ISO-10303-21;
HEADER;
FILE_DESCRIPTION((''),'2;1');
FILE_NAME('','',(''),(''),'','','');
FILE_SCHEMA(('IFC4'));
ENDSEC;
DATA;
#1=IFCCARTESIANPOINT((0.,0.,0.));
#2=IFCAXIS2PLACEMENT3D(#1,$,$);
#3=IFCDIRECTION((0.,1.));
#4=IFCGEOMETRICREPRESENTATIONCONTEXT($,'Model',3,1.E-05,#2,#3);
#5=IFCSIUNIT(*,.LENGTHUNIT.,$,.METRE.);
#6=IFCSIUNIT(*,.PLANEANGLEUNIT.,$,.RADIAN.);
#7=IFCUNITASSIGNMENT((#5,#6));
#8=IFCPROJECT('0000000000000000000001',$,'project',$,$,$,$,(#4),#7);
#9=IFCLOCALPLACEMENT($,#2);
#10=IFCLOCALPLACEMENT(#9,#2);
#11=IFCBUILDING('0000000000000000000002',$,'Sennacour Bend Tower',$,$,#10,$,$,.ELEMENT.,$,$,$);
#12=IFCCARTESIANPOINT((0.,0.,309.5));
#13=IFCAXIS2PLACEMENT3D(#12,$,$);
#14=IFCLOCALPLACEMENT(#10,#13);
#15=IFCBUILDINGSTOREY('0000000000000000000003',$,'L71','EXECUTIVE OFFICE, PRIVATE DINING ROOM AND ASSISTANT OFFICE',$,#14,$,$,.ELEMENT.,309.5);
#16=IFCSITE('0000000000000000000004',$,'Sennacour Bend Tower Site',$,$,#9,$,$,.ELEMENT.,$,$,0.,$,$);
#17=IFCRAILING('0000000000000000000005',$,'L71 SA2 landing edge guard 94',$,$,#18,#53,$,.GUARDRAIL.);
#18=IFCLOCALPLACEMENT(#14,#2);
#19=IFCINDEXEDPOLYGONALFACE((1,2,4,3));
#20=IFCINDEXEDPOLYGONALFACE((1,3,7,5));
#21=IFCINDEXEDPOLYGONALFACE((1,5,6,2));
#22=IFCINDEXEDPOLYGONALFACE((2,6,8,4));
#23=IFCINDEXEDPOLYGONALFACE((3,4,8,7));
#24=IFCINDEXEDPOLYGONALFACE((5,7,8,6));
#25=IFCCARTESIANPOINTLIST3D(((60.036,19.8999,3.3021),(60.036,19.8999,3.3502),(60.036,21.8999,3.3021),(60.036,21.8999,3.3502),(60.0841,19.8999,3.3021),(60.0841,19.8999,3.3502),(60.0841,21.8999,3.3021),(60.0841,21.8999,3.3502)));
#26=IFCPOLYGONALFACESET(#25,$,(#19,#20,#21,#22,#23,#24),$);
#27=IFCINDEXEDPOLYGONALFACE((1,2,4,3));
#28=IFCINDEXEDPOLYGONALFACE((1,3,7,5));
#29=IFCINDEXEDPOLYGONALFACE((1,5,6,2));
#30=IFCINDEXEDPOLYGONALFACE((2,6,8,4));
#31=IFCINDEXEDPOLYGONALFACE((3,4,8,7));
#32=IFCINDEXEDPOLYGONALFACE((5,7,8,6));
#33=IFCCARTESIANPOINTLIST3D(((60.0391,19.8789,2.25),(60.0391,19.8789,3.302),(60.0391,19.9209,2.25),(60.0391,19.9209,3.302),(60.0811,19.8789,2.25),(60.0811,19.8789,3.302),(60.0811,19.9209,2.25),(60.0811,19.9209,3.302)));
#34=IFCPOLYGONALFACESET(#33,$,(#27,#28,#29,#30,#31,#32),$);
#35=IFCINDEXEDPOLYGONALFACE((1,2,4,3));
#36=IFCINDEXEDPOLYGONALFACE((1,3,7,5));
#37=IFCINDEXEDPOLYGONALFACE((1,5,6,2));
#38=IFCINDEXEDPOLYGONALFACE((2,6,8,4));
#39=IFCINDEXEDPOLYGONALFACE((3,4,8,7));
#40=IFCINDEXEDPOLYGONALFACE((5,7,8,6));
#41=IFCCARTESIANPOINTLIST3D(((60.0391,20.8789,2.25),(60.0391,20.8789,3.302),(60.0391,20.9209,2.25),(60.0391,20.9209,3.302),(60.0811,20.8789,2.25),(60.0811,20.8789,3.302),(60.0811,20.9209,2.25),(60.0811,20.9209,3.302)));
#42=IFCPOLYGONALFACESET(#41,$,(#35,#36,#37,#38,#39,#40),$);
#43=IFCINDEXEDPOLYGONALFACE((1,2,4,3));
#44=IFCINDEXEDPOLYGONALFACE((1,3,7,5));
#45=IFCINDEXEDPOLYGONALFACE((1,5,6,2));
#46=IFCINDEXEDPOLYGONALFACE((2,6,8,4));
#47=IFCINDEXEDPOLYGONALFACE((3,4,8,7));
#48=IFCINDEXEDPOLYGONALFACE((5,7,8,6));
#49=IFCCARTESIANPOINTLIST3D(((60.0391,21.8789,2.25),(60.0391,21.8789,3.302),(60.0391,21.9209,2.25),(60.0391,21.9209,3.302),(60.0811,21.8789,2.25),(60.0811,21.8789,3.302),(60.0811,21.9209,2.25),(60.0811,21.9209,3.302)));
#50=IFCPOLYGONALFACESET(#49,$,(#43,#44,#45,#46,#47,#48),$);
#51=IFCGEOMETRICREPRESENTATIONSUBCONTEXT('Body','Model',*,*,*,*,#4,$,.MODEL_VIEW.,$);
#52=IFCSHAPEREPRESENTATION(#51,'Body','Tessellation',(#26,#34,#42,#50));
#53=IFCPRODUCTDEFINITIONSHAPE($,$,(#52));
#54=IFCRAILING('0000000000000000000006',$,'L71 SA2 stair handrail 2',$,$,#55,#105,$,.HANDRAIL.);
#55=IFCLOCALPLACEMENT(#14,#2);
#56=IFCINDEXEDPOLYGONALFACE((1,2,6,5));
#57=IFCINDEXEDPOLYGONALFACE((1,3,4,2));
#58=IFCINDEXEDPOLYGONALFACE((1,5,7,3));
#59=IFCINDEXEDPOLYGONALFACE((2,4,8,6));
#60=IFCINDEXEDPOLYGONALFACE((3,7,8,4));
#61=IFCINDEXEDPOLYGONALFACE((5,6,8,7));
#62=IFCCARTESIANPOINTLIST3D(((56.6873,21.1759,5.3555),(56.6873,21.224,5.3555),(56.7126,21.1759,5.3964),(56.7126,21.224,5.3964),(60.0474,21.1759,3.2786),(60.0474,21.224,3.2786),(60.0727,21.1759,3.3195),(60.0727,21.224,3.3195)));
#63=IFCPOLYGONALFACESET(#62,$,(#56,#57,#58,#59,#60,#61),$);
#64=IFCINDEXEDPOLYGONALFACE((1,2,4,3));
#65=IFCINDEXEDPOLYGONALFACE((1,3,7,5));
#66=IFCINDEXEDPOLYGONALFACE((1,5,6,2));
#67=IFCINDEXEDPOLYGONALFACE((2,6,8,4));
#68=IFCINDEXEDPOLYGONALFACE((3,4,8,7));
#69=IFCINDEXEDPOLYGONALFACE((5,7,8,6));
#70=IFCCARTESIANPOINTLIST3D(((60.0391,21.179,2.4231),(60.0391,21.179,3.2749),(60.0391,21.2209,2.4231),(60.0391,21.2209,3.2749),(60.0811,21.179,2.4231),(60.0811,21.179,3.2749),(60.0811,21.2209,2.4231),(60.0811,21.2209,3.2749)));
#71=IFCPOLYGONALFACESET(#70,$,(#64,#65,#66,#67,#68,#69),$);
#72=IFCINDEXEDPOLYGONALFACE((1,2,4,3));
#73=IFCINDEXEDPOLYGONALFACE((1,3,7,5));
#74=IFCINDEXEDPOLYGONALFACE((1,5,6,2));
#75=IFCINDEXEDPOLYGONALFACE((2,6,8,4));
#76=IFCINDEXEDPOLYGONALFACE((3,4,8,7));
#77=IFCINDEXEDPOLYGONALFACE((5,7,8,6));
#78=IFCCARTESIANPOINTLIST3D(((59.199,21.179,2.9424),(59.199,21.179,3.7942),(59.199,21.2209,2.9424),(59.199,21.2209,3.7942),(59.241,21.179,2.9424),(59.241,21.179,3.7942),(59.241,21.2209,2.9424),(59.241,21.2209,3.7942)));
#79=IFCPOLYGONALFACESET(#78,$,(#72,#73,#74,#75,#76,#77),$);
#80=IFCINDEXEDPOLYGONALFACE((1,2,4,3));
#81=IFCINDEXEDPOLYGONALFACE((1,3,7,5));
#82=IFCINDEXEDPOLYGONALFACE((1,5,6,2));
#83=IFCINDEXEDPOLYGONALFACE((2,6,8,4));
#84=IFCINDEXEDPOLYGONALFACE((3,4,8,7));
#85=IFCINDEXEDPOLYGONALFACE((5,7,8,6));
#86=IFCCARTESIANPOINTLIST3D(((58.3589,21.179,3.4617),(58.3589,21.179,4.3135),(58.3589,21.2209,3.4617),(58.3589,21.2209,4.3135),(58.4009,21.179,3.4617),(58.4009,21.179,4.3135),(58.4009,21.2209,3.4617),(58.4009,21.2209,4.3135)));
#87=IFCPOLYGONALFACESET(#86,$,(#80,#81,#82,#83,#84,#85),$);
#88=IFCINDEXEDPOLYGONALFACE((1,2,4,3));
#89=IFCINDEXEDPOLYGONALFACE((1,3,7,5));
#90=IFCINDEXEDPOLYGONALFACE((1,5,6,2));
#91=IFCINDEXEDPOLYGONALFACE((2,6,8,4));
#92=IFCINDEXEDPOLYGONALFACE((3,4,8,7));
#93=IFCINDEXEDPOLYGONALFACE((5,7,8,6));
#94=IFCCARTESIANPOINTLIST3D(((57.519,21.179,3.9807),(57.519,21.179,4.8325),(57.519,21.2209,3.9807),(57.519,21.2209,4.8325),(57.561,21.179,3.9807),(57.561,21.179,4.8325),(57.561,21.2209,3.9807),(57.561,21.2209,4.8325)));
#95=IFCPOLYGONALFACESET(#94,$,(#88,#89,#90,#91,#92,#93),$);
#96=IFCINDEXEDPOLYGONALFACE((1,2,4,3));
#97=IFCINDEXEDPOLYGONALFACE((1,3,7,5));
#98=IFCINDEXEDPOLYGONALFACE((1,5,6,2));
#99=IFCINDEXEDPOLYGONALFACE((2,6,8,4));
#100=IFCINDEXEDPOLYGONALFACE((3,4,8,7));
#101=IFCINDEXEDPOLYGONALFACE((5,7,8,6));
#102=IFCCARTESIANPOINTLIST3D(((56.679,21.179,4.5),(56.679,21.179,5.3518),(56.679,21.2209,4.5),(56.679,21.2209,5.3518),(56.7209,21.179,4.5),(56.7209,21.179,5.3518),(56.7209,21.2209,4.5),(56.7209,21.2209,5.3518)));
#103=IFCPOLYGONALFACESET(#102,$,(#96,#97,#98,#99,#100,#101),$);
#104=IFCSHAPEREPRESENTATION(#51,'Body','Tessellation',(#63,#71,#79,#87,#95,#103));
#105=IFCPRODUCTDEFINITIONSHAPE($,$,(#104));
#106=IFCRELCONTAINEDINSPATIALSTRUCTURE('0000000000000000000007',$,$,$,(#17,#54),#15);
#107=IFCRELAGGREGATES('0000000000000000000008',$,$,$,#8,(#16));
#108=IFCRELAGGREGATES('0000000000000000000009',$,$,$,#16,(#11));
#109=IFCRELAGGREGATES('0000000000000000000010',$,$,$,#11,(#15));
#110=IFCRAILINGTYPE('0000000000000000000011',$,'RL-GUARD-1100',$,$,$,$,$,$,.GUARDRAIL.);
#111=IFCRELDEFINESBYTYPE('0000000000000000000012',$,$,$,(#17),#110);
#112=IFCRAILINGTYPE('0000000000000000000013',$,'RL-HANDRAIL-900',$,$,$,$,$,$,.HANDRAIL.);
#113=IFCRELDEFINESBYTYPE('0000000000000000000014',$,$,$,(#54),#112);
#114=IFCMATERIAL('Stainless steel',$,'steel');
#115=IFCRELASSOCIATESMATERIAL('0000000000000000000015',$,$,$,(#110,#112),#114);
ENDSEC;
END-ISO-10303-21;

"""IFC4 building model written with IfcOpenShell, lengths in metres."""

from ifc_helpers import new_model, si_unit, direction, frame, origin, origin_2d, place, context, subcontext, project, spatial, rectangle, extrude, material, type_object, element, save


model = new_model("IFC4")

# Units and contexts
model_context = context("Model", 3, precision=1e-05, world=origin(), true_north=direction((0.0, 1.0)))
body_context = subcontext(model_context, "Body", "Model", "MODEL_VIEW")
ifc_project = project(units=[si_unit("LENGTHUNIT", "METRE"), si_unit("PLANEANGLEUNIT", "RADIAN")], contexts=[model_context])

# Site, building, storey
site_placement = place(None, origin())
site = spatial("IfcSite", under=ifc_project, at=site_placement, Name="Sennacour Bend Tower Site", CompositionType="ELEMENT", RefElevation=0.0)
building_placement = place(site_placement, origin())
building = spatial("IfcBuilding", under=site, at=building_placement, Name="Sennacour Bend Tower", CompositionType="ELEMENT")
storey_placement = place(building_placement, frame((0.0, 0.0, 309.5)))
storey = spatial("IfcBuildingStorey", under=building, at=storey_placement, Name="L71", Description="EXECUTIVE OFFICE, PRIVATE DINING ROOM AND ASSISTANT OFFICE", CompositionType="ELEMENT", Elevation=309.5)

# Railings
ifc_material_1 = material(Name="Stainless steel", Category="steel")
railing_type_1 = type_object("IfcRailingType", Name="RL-GUARD-1100", PredefinedType="GUARDRAIL", material=ifc_material_1)
railing_1_placement = place(storey_placement, frame((60.0601, 19.8999, 2.25)))
element("IfcRailing", 1, at=railing_1_placement, inside=storey, type_object=railing_type_1, Name="L71 SA2 landing edge guard 94", PredefinedType="GUARDRAIL", context=body_context, shape_type="SweptSolid", body=[
    extrude(rectangle(XDim=0.0481, YDim=0.0481, at=origin_2d()), frame((0.0, 0.0, 1.0762), z_axis=(0.0, 1.0, 0.0), x_axis=(-1.0, 0.0, 0.0)), (0.0, 0.0, 1.0), 2.0),
    extrude(rectangle(XDim=0.042, YDim=0.042, at=origin_2d()), origin(), (0.0, 0.0, 1.0), 1.052),
    extrude(rectangle(XDim=0.042, YDim=0.042, at=origin_2d()), frame((0.0, 1.0, 0.0)), (0.0, 0.0, 1.0), 1.052),
    extrude(rectangle(XDim=0.042, YDim=0.042, at=origin_2d()), frame((0.0, 2.0, 0.0)), (0.0, 0.0, 1.0), 1.052),
])
railing_type_2 = type_object("IfcRailingType", Name="RL-HANDRAIL-900", PredefinedType="HANDRAIL", material=ifc_material_1)
railing_2_placement = place(storey_placement, frame((60.0601, 21.2, 2.4231)))
element("IfcRailing", 2, at=railing_2_placement, inside=storey, type_object=railing_type_2, Name="L71 SA2 stair handrail 2", PredefinedType="HANDRAIL", context=body_context, shape_type="SweptSolid", body=[
    extrude(rectangle(XDim=0.0481, YDim=0.0481, at=origin_2d()), frame((0.0, 0.0, 0.876), z_axis=(-0.850623, 0.0, 0.525776), x_axis=(0.0, -1.0, 0.0)), (0.0, 0.0, 1.0), 3.9502),
    extrude(rectangle(XDim=0.042, YDim=0.042, at=origin_2d()), origin(), (0.0, 0.0, 1.0), 0.8518),
    extrude(rectangle(XDim=0.042, YDim=0.042, at=origin_2d()), frame((-0.8401, 0.0, 0.5193)), (0.0, 0.0, 1.0), 0.8518),
    extrude(rectangle(XDim=0.042, YDim=0.042, at=origin_2d()), frame((-1.6802, 0.0, 1.0386)), (0.0, 0.0, 1.0), 0.8518),
    extrude(rectangle(XDim=0.042, YDim=0.042, at=origin_2d()), frame((-2.52, 0.0, 1.5576)), (0.0, 0.0, 1.0), 0.8518),
    extrude(rectangle(XDim=0.042, YDim=0.042, at=origin_2d()), frame((-3.3601, 0.0, 2.0769)), (0.0, 0.0, 1.0), 0.8518),
])

save(model, "model.ifc")
